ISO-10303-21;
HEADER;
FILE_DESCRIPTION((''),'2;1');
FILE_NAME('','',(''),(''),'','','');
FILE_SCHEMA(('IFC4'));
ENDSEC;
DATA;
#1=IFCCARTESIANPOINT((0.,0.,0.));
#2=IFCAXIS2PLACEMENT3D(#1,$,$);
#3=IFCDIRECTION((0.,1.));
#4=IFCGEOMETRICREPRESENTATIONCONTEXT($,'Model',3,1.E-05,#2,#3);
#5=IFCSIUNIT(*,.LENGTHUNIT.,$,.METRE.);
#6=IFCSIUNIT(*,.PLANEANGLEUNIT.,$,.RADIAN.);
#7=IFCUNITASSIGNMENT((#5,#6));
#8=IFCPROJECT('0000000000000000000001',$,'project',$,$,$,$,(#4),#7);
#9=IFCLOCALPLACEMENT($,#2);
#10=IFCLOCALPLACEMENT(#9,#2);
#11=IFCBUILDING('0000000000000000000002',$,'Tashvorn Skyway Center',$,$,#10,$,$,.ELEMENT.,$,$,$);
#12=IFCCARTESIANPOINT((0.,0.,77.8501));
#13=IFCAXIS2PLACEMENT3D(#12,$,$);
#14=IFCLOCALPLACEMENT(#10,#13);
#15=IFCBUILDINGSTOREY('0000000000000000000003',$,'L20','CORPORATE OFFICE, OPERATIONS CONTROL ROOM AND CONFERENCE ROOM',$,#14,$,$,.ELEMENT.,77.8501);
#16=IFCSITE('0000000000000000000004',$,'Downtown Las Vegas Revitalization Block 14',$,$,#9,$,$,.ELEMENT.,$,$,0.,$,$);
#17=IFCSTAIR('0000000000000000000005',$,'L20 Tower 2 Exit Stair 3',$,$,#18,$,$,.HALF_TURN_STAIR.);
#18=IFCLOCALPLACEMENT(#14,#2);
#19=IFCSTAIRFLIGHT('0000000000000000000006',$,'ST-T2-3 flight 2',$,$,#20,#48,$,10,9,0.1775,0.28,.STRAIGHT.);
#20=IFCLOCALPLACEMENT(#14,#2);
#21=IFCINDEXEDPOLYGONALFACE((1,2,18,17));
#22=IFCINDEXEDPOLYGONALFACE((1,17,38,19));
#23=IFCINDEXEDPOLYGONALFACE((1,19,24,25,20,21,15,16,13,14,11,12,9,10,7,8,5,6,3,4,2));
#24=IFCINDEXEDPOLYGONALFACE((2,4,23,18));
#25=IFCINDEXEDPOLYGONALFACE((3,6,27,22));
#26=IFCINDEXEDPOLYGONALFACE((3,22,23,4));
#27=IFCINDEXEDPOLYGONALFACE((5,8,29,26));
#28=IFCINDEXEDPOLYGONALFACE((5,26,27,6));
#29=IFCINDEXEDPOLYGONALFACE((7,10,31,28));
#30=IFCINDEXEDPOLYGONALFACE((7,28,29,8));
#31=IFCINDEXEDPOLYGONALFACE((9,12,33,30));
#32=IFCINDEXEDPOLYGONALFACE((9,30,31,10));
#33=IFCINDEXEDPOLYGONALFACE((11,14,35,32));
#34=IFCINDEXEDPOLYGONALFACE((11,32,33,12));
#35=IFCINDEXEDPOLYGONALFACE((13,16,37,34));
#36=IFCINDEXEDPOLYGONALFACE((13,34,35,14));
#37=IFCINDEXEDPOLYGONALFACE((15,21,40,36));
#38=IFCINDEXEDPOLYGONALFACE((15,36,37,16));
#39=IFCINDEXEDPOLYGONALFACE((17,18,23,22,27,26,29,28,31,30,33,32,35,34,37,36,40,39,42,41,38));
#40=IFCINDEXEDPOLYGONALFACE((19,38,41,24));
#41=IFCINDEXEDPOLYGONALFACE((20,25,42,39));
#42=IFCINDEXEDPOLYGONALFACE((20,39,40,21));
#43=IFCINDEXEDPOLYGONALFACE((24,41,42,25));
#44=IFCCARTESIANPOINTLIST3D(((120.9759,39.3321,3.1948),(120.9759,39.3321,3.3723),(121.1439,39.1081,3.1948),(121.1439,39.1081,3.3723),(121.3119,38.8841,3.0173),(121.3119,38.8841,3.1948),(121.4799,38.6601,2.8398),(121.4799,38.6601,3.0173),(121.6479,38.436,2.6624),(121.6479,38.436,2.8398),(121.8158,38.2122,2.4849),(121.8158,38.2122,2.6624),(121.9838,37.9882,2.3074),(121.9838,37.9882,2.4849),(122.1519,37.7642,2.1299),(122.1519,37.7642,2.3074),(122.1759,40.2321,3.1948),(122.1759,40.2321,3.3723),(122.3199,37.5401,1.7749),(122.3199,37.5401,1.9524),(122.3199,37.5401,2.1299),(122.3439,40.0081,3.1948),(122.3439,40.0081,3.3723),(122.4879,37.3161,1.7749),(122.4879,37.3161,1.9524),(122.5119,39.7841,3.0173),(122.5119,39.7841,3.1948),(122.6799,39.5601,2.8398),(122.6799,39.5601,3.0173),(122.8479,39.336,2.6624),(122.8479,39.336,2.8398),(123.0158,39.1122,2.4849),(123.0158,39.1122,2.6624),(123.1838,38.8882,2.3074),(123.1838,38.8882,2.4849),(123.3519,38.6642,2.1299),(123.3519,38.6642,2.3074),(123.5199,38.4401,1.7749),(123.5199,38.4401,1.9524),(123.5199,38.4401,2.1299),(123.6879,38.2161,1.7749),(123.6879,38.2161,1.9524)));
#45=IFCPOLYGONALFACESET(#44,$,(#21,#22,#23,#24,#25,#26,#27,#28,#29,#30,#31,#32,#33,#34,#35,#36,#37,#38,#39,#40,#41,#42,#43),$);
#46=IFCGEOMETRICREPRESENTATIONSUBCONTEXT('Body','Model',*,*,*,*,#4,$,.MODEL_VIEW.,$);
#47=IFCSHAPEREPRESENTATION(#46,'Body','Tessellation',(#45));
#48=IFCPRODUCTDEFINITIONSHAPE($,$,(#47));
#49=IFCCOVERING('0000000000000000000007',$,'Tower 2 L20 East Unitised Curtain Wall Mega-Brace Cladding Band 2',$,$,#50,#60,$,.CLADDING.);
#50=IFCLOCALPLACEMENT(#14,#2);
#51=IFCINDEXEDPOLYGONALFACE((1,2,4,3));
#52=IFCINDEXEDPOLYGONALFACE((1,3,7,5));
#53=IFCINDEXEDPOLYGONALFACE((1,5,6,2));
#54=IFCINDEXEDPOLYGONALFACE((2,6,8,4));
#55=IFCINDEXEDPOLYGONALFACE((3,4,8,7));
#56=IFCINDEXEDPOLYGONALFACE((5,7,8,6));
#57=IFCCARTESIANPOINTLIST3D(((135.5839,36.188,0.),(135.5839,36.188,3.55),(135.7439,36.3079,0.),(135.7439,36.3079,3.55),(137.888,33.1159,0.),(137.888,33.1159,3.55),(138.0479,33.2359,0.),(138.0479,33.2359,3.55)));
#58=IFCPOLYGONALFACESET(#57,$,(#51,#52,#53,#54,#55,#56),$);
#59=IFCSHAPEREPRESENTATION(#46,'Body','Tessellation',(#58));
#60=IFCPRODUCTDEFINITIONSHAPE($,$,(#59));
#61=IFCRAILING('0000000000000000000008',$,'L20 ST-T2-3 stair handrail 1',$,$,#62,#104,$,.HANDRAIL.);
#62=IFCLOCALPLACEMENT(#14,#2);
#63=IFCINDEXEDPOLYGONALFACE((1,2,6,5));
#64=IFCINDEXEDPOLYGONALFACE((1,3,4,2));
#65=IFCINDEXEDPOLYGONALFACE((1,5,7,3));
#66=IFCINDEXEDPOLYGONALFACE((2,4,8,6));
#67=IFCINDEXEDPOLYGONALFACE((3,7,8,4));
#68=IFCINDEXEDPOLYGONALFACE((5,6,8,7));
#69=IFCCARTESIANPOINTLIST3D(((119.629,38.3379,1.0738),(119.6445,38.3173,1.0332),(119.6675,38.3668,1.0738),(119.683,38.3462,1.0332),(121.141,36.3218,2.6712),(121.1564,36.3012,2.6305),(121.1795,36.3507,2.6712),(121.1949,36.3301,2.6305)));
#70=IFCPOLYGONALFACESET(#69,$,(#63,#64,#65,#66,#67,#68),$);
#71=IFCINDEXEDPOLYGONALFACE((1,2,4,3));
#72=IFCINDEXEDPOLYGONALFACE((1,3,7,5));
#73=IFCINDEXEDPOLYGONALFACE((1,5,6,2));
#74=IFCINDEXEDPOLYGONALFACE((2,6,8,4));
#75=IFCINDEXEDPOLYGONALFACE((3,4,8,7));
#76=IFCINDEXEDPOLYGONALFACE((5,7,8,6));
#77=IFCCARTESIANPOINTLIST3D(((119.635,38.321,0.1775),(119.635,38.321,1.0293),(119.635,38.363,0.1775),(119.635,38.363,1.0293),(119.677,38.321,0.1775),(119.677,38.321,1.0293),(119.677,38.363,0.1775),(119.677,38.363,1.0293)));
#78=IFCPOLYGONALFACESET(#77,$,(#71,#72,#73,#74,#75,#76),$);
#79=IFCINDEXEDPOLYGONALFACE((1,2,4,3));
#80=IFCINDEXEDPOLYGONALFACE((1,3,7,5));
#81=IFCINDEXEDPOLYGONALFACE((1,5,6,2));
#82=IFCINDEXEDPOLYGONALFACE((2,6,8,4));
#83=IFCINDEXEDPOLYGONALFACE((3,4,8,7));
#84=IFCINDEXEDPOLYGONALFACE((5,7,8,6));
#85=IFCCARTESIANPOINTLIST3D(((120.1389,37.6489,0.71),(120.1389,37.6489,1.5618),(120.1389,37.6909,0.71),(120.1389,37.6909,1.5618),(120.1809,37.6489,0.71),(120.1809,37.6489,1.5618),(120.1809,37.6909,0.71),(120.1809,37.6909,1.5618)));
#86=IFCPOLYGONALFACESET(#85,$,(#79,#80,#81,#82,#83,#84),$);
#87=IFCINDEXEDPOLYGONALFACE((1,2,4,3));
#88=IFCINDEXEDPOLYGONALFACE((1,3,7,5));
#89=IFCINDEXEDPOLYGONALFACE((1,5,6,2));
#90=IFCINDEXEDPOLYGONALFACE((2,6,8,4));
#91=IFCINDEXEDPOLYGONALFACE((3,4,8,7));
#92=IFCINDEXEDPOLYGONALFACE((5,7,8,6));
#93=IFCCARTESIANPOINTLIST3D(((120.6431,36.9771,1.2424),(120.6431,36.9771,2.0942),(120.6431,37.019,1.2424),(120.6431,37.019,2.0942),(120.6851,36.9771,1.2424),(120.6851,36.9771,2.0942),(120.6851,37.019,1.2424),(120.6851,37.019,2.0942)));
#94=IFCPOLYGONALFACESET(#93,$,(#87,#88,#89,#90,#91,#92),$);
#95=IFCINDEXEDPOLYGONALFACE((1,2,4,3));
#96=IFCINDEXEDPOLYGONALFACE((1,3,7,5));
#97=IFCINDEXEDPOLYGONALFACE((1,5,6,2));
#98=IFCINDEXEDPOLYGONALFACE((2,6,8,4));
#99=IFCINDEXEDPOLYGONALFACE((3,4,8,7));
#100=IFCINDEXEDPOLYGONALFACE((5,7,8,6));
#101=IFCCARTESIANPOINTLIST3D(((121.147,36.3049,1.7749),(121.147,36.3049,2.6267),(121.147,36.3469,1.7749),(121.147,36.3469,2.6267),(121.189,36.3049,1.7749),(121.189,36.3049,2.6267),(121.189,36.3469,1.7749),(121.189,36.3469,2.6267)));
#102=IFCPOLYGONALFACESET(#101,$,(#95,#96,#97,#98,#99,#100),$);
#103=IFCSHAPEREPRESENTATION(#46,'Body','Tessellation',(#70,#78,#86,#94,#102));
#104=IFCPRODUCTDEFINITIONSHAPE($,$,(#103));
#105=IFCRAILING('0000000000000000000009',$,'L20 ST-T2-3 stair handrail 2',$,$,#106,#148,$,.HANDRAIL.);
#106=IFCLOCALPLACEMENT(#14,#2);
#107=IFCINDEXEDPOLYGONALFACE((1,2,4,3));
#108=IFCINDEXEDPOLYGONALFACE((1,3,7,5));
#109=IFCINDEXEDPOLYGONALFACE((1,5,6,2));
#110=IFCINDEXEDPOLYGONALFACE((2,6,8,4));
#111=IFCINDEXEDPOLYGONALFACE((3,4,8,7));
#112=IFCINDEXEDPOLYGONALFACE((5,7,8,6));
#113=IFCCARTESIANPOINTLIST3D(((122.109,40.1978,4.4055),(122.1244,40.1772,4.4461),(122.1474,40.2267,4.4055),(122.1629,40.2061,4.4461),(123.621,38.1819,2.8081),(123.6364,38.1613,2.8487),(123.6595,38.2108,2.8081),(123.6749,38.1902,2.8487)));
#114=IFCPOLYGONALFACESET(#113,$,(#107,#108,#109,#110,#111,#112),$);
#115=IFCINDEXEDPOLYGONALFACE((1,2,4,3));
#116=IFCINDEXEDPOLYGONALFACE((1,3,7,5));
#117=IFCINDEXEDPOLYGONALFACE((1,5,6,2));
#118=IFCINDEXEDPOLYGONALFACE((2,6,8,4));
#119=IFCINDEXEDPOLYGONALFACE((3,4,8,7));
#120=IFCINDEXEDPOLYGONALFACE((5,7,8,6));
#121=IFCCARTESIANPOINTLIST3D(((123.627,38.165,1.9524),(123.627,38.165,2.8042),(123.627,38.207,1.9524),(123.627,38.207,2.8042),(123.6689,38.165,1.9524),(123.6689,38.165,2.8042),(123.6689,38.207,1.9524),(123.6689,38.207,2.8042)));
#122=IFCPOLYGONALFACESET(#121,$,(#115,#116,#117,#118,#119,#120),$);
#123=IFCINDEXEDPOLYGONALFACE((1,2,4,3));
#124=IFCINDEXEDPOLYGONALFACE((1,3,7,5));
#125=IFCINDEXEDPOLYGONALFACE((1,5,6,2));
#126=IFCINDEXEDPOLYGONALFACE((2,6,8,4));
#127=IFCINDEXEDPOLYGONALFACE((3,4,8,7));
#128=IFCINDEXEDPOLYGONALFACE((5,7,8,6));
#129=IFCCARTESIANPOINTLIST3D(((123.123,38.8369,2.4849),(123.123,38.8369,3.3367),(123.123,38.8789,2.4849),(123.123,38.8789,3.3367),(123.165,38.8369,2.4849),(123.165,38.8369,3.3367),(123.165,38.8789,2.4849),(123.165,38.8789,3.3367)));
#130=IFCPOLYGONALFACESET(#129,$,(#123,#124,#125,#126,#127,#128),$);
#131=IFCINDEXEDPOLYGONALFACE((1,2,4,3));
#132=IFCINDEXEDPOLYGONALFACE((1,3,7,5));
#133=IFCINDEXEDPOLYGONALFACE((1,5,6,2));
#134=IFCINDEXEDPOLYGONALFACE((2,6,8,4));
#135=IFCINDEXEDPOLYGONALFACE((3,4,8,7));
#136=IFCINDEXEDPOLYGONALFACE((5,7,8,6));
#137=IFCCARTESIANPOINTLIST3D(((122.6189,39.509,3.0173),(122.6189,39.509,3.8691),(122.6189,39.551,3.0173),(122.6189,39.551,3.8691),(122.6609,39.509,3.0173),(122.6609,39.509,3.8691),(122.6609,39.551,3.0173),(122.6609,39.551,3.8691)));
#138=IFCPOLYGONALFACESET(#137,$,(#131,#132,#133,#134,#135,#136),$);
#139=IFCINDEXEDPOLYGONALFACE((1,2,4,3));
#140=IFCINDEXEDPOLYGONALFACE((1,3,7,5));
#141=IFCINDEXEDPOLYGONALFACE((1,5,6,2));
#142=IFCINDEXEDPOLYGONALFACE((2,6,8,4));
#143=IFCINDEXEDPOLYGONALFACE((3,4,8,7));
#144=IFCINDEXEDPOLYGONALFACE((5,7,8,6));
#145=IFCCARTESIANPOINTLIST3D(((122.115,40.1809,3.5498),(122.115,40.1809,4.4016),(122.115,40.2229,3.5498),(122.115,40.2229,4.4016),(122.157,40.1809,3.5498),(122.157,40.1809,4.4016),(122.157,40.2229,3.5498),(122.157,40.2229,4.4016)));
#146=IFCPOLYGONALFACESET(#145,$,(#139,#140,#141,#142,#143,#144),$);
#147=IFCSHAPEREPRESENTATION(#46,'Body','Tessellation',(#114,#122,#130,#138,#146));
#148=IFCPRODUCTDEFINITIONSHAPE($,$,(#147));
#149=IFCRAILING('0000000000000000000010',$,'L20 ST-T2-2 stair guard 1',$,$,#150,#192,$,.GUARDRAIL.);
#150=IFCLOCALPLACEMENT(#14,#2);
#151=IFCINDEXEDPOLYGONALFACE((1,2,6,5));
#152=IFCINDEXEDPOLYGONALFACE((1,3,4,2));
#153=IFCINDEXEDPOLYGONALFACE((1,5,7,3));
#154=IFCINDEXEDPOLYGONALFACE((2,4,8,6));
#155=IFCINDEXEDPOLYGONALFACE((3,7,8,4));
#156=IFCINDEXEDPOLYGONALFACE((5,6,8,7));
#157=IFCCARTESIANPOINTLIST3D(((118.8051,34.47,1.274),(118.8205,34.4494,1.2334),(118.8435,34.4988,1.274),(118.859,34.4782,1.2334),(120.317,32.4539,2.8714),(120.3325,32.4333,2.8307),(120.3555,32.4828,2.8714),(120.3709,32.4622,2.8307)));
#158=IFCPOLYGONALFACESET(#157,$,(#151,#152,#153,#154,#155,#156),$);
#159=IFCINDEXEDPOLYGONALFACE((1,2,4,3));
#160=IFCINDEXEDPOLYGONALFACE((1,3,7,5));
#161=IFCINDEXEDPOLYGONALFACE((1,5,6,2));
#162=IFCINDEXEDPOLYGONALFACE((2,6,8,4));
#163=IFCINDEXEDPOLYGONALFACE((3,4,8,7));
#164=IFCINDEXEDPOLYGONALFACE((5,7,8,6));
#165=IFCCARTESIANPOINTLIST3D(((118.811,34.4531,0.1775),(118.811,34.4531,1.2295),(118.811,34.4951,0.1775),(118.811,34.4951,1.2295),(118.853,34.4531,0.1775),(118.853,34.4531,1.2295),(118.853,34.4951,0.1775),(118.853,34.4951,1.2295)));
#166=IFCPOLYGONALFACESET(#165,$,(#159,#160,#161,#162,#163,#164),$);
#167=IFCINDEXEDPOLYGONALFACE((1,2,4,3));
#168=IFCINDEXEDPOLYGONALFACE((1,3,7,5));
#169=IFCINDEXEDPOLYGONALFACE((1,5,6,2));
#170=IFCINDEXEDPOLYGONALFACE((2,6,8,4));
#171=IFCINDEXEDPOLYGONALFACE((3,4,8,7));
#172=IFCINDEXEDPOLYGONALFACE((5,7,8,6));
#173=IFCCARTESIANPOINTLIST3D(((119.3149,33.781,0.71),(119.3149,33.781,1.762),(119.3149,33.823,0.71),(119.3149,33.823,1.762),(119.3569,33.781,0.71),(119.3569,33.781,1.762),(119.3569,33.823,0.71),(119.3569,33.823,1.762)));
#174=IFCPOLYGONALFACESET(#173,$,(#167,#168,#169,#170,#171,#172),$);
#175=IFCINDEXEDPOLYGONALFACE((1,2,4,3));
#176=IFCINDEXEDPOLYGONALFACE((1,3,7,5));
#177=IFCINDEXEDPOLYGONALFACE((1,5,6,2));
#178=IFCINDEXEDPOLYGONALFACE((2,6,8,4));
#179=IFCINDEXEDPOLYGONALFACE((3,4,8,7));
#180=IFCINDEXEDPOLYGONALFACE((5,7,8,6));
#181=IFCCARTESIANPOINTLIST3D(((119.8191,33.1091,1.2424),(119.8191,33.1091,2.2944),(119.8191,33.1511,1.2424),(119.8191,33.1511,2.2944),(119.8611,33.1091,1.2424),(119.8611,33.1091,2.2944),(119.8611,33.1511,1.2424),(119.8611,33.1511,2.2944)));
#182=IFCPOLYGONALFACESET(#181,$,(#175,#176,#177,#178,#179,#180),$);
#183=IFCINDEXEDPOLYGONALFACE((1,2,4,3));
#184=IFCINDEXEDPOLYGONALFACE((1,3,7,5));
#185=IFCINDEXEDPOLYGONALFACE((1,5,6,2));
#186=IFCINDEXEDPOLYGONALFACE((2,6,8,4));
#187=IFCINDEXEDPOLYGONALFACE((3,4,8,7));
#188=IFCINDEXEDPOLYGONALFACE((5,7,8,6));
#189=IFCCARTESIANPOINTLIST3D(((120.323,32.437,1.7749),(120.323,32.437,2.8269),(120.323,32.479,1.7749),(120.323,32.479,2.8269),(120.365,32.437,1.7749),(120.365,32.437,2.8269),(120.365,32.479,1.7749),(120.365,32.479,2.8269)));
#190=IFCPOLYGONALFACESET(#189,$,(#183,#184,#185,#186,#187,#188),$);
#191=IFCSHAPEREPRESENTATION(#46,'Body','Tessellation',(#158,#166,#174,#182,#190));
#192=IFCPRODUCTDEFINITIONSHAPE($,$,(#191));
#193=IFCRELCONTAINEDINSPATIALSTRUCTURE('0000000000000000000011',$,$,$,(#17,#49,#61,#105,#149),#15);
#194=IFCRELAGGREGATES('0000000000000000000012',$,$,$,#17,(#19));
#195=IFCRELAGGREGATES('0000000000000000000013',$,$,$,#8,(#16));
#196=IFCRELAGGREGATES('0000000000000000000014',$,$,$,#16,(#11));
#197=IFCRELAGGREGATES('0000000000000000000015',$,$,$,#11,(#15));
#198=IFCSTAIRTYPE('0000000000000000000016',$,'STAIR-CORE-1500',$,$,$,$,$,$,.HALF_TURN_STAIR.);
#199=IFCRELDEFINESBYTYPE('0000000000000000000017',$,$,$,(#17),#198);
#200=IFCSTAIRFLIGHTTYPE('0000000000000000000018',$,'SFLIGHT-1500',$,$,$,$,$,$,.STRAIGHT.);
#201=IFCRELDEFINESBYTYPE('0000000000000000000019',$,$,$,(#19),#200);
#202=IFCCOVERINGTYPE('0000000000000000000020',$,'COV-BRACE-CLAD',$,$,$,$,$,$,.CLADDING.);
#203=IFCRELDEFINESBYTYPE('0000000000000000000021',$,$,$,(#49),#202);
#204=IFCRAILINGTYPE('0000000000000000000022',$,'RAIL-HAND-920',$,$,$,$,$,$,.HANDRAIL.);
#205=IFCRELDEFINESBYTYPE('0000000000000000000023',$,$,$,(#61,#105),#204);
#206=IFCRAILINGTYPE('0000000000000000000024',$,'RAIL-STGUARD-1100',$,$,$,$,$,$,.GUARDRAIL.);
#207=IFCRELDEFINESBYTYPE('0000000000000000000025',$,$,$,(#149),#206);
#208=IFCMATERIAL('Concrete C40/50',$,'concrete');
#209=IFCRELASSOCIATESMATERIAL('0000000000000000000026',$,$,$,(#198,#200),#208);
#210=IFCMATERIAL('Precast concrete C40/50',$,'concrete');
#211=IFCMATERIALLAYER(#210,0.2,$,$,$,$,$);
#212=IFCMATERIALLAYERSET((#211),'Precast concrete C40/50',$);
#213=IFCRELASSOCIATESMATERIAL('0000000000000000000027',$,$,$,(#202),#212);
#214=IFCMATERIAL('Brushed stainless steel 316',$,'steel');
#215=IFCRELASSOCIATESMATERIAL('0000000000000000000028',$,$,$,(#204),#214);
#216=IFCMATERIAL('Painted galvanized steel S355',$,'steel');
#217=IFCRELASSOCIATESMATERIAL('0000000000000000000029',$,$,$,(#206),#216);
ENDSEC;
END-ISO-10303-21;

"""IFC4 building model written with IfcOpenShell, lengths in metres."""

from ifc_helpers import new_model, si_unit, direction, frame, origin, origin_2d, place, context, subcontext, project, spatial, polyline, rectangle, outline, extrude, material, layer, layer_set, type_object, element, aggregate, save


model = new_model("IFC4")

# Units and contexts
model_context = context("Model", 3, precision=1e-05, world=origin(), true_north=direction((0.0, 1.0)))
body_context = subcontext(model_context, "Body", "Model", "MODEL_VIEW")
ifc_project = project(units=[si_unit("LENGTHUNIT", "METRE"), si_unit("PLANEANGLEUNIT", "RADIAN")], contexts=[model_context])

# Site, building, storey
site_placement = place(None, origin())
site = spatial("IfcSite", under=ifc_project, at=site_placement, Name="Downtown Las Vegas Revitalization Block 14", CompositionType="ELEMENT", RefElevation=0.0)
building_placement = place(site_placement, origin())
building = spatial("IfcBuilding", under=site, at=building_placement, Name="Tashvorn Skyway Center", CompositionType="ELEMENT")
storey_placement = place(building_placement, frame((0.0, 0.0, 77.8501)))
storey = spatial("IfcBuildingStorey", under=building, at=storey_placement, Name="L20", Description="CORPORATE OFFICE, OPERATIONS CONTROL ROOM AND CONFERENCE ROOM", CompositionType="ELEMENT", Elevation=77.8501)

# Shared definitions
ifc_material_1 = material(Name="Concrete C40/50", Category="concrete")

# Stair, stair flight
stair_type = type_object("IfcStairType", Name="STAIR-CORE-1500", PredefinedType="HALF_TURN_STAIR", material=ifc_material_1)
stair_placement = place(storey_placement, origin())
stair = element("IfcStair", 1, at=stair_placement, inside=storey, type_object=stair_type, Name="L20 Tower 2 Exit Stair 3", PredefinedType="HALF_TURN_STAIR")
stair_flight_type = type_object("IfcStairFlightType", Name="SFLIGHT-1500", PredefinedType="STRAIGHT", material=ifc_material_1)
stair_flight_1_placement = place(storey_placement, frame((123.0879, 37.7661, 1.7749), z_axis=(0.0, 0.0, 1.0), x_axis=(-0.6, 0.8, 0.0)))
stair_flight_1 = element("IfcStairFlight", 2, at=stair_flight_1_placement, type_object=stair_flight_type, Name="ST-T2-3 flight 2", NumberOfRisers=10, NumberOfTreads=9, PredefinedType="STRAIGHT", RiserHeight=0.1775, TreadLength=0.28, context=body_context, shape_type="SweptSolid", body=[
    extrude(outline(polyline([(0.0, 0.0), (0.0, 0.1775), (0.28, 0.1775), (0.28, 0.355), (0.5601, 0.355), (0.5601, 0.5325), (0.8401, 0.5325), (0.8401, 0.71), (1.1201, 0.71), (1.1201, 0.8875), (1.3999, 0.8875), (1.3999, 1.0649), (1.6799, 1.0649), (1.6799, 1.2424), (1.96, 1.2424), (1.96, 1.4199), (2.24, 1.4199), (2.24, 1.5974), (2.52, 1.5974), (2.52, 1.7749), (2.52, 1.4199), (0.28, 0.0), (0.0, 0.0)])), frame((0.0, 0.75, 0.0), z_axis=(0.0, -1.0, 0.0), x_axis=(1.0, 0.0, 0.0)), (0.0, 0.0, 1.0), 1.5),
])
aggregate(stair, [stair_flight_1])

# Covering
ifc_material_2 = material(Name="Precast concrete C40/50", Category="concrete")
ifc_layer_1 = layer(ifc_material_2, 0.2)
ifc_layer_set_1 = layer_set([ifc_layer_1], Name="Precast concrete C40/50")
covering_type = type_object("IfcCoveringType", Name="COV-BRACE-CLAD", PredefinedType="CLADDING", material=ifc_layer_set_1)
covering_placement = place(storey_placement, frame((136.8159, 34.7119, 0.0), z_axis=(0.0, 0.0, 1.0), x_axis=(0.6, -0.8, 0.0)))
element("IfcCovering", 3, at=covering_placement, inside=storey, type_object=covering_type, Name="Tower 2 L20 East Unitised Curtain Wall Mega-Brace Cladding Band 2", PredefinedType="CLADDING", context=body_context, shape_type="SweptSolid", body=[
    extrude(rectangle(XDim=3.8401, YDim=0.2, at=origin_2d()), origin(), (0.0, 0.0, 1.0), 3.55),
])

# Railings
ifc_material_3 = material(Name="Brushed stainless steel 316", Category="steel")
railing_type_1 = type_object("IfcRailingType", Name="RAIL-HAND-920", PredefinedType="HANDRAIL", material=ifc_material_3)
railing_1_placement = place(storey_placement, frame((119.656, 38.342, 0.1775)))
element("IfcRailing", 4, at=railing_1_placement, inside=storey, type_object=railing_type_1, Name="L20 ST-T2-3 stair handrail 1", PredefinedType="HANDRAIL", context=body_context, shape_type="SweptSolid", body=[
    extrude(rectangle(XDim=0.0481, YDim=0.0481, at=origin_2d()), frame((0.0, 0.0, 0.876), z_axis=(0.506741, -0.675709, 0.535379), x_axis=(0.800023, 0.599969, 0.0)), (0.0, 0.0, 1.0), 2.9836),
    extrude(rectangle(XDim=0.042, YDim=0.042, at=origin_2d()), origin(), (0.0, 0.0, 1.0), 0.8518),
    extrude(rectangle(XDim=0.042, YDim=0.042, at=origin_2d()), frame((0.5039, -0.6721, 0.5325)), (0.0, 0.0, 1.0), 0.8518),
    extrude(rectangle(XDim=0.042, YDim=0.042, at=origin_2d()), frame((1.0081, -1.344, 1.0649)), (0.0, 0.0, 1.0), 0.8518),
    extrude(rectangle(XDim=0.042, YDim=0.042, at=origin_2d()), frame((1.512, -2.0161, 1.5974)), (0.0, 0.0, 1.0), 0.8518),
])
railing_2_placement = place(storey_placement, frame((123.6479, 38.186, 1.9524)))
element("IfcRailing", 5, at=railing_2_placement, inside=storey, type_object=railing_type_1, Name="L20 ST-T2-3 stair handrail 2", PredefinedType="HANDRAIL", context=body_context, shape_type="SweptSolid", body=[
    extrude(rectangle(XDim=0.0481, YDim=0.0481, at=origin_2d()), frame((0.0, 0.0, 0.876), z_axis=(-0.506769, 0.675664, 0.535409), x_axis=(-0.799988, -0.600016, 0.0)), (0.0, 0.0, 1.0), 2.9836),
    extrude(rectangle(XDim=0.042, YDim=0.042, at=origin_2d()), origin(), (0.0, 0.0, 1.0), 0.8518),
    extrude(rectangle(XDim=0.042, YDim=0.042, at=origin_2d()), frame((-0.5039, 0.6719, 0.5325)), (0.0, 0.0, 1.0), 0.8518),
    extrude(rectangle(XDim=0.042, YDim=0.042, at=origin_2d()), frame((-1.0081, 1.344, 1.0649)), (0.0, 0.0, 1.0), 0.8518),
    extrude(rectangle(XDim=0.042, YDim=0.042, at=origin_2d()), frame((-1.512, 2.0159, 1.5974)), (0.0, 0.0, 1.0), 0.8518),
])
ifc_material_4 = material(Name="Painted galvanized steel S355", Category="steel")
railing_type_2 = type_object("IfcRailingType", Name="RAIL-STGUARD-1100", PredefinedType="GUARDRAIL", material=ifc_material_4)
railing_3_placement = place(storey_placement, frame((118.832, 34.4741, 0.1775)))
element("IfcRailing", 6, at=railing_3_placement, inside=storey, type_object=railing_type_2, Name="L20 ST-T2-2 stair guard 1", PredefinedType="GUARDRAIL", context=body_context, shape_type="SweptSolid", body=[
    extrude(rectangle(XDim=0.0481, YDim=0.0481, at=origin_2d()), frame((0.0, 0.0, 1.0762), z_axis=(0.506741, -0.675709, 0.535379), x_axis=(0.800023, 0.599969, 0.0)), (0.0, 0.0, 1.0), 2.9836),
    extrude(rectangle(XDim=0.042, YDim=0.042, at=origin_2d()), origin(), (0.0, 0.0, 1.0), 1.052),
    extrude(rectangle(XDim=0.042, YDim=0.042, at=origin_2d()), frame((0.5039, -0.6721, 0.5325)), (0.0, 0.0, 1.0), 1.052),
    extrude(rectangle(XDim=0.042, YDim=0.042, at=origin_2d()), frame((1.0081, -1.344, 1.0649)), (0.0, 0.0, 1.0), 1.052),
    extrude(rectangle(XDim=0.042, YDim=0.042, at=origin_2d()), frame((1.512, -2.0161, 1.5974)), (0.0, 0.0, 1.0), 1.052),
])

save(model, "model.ifc")
